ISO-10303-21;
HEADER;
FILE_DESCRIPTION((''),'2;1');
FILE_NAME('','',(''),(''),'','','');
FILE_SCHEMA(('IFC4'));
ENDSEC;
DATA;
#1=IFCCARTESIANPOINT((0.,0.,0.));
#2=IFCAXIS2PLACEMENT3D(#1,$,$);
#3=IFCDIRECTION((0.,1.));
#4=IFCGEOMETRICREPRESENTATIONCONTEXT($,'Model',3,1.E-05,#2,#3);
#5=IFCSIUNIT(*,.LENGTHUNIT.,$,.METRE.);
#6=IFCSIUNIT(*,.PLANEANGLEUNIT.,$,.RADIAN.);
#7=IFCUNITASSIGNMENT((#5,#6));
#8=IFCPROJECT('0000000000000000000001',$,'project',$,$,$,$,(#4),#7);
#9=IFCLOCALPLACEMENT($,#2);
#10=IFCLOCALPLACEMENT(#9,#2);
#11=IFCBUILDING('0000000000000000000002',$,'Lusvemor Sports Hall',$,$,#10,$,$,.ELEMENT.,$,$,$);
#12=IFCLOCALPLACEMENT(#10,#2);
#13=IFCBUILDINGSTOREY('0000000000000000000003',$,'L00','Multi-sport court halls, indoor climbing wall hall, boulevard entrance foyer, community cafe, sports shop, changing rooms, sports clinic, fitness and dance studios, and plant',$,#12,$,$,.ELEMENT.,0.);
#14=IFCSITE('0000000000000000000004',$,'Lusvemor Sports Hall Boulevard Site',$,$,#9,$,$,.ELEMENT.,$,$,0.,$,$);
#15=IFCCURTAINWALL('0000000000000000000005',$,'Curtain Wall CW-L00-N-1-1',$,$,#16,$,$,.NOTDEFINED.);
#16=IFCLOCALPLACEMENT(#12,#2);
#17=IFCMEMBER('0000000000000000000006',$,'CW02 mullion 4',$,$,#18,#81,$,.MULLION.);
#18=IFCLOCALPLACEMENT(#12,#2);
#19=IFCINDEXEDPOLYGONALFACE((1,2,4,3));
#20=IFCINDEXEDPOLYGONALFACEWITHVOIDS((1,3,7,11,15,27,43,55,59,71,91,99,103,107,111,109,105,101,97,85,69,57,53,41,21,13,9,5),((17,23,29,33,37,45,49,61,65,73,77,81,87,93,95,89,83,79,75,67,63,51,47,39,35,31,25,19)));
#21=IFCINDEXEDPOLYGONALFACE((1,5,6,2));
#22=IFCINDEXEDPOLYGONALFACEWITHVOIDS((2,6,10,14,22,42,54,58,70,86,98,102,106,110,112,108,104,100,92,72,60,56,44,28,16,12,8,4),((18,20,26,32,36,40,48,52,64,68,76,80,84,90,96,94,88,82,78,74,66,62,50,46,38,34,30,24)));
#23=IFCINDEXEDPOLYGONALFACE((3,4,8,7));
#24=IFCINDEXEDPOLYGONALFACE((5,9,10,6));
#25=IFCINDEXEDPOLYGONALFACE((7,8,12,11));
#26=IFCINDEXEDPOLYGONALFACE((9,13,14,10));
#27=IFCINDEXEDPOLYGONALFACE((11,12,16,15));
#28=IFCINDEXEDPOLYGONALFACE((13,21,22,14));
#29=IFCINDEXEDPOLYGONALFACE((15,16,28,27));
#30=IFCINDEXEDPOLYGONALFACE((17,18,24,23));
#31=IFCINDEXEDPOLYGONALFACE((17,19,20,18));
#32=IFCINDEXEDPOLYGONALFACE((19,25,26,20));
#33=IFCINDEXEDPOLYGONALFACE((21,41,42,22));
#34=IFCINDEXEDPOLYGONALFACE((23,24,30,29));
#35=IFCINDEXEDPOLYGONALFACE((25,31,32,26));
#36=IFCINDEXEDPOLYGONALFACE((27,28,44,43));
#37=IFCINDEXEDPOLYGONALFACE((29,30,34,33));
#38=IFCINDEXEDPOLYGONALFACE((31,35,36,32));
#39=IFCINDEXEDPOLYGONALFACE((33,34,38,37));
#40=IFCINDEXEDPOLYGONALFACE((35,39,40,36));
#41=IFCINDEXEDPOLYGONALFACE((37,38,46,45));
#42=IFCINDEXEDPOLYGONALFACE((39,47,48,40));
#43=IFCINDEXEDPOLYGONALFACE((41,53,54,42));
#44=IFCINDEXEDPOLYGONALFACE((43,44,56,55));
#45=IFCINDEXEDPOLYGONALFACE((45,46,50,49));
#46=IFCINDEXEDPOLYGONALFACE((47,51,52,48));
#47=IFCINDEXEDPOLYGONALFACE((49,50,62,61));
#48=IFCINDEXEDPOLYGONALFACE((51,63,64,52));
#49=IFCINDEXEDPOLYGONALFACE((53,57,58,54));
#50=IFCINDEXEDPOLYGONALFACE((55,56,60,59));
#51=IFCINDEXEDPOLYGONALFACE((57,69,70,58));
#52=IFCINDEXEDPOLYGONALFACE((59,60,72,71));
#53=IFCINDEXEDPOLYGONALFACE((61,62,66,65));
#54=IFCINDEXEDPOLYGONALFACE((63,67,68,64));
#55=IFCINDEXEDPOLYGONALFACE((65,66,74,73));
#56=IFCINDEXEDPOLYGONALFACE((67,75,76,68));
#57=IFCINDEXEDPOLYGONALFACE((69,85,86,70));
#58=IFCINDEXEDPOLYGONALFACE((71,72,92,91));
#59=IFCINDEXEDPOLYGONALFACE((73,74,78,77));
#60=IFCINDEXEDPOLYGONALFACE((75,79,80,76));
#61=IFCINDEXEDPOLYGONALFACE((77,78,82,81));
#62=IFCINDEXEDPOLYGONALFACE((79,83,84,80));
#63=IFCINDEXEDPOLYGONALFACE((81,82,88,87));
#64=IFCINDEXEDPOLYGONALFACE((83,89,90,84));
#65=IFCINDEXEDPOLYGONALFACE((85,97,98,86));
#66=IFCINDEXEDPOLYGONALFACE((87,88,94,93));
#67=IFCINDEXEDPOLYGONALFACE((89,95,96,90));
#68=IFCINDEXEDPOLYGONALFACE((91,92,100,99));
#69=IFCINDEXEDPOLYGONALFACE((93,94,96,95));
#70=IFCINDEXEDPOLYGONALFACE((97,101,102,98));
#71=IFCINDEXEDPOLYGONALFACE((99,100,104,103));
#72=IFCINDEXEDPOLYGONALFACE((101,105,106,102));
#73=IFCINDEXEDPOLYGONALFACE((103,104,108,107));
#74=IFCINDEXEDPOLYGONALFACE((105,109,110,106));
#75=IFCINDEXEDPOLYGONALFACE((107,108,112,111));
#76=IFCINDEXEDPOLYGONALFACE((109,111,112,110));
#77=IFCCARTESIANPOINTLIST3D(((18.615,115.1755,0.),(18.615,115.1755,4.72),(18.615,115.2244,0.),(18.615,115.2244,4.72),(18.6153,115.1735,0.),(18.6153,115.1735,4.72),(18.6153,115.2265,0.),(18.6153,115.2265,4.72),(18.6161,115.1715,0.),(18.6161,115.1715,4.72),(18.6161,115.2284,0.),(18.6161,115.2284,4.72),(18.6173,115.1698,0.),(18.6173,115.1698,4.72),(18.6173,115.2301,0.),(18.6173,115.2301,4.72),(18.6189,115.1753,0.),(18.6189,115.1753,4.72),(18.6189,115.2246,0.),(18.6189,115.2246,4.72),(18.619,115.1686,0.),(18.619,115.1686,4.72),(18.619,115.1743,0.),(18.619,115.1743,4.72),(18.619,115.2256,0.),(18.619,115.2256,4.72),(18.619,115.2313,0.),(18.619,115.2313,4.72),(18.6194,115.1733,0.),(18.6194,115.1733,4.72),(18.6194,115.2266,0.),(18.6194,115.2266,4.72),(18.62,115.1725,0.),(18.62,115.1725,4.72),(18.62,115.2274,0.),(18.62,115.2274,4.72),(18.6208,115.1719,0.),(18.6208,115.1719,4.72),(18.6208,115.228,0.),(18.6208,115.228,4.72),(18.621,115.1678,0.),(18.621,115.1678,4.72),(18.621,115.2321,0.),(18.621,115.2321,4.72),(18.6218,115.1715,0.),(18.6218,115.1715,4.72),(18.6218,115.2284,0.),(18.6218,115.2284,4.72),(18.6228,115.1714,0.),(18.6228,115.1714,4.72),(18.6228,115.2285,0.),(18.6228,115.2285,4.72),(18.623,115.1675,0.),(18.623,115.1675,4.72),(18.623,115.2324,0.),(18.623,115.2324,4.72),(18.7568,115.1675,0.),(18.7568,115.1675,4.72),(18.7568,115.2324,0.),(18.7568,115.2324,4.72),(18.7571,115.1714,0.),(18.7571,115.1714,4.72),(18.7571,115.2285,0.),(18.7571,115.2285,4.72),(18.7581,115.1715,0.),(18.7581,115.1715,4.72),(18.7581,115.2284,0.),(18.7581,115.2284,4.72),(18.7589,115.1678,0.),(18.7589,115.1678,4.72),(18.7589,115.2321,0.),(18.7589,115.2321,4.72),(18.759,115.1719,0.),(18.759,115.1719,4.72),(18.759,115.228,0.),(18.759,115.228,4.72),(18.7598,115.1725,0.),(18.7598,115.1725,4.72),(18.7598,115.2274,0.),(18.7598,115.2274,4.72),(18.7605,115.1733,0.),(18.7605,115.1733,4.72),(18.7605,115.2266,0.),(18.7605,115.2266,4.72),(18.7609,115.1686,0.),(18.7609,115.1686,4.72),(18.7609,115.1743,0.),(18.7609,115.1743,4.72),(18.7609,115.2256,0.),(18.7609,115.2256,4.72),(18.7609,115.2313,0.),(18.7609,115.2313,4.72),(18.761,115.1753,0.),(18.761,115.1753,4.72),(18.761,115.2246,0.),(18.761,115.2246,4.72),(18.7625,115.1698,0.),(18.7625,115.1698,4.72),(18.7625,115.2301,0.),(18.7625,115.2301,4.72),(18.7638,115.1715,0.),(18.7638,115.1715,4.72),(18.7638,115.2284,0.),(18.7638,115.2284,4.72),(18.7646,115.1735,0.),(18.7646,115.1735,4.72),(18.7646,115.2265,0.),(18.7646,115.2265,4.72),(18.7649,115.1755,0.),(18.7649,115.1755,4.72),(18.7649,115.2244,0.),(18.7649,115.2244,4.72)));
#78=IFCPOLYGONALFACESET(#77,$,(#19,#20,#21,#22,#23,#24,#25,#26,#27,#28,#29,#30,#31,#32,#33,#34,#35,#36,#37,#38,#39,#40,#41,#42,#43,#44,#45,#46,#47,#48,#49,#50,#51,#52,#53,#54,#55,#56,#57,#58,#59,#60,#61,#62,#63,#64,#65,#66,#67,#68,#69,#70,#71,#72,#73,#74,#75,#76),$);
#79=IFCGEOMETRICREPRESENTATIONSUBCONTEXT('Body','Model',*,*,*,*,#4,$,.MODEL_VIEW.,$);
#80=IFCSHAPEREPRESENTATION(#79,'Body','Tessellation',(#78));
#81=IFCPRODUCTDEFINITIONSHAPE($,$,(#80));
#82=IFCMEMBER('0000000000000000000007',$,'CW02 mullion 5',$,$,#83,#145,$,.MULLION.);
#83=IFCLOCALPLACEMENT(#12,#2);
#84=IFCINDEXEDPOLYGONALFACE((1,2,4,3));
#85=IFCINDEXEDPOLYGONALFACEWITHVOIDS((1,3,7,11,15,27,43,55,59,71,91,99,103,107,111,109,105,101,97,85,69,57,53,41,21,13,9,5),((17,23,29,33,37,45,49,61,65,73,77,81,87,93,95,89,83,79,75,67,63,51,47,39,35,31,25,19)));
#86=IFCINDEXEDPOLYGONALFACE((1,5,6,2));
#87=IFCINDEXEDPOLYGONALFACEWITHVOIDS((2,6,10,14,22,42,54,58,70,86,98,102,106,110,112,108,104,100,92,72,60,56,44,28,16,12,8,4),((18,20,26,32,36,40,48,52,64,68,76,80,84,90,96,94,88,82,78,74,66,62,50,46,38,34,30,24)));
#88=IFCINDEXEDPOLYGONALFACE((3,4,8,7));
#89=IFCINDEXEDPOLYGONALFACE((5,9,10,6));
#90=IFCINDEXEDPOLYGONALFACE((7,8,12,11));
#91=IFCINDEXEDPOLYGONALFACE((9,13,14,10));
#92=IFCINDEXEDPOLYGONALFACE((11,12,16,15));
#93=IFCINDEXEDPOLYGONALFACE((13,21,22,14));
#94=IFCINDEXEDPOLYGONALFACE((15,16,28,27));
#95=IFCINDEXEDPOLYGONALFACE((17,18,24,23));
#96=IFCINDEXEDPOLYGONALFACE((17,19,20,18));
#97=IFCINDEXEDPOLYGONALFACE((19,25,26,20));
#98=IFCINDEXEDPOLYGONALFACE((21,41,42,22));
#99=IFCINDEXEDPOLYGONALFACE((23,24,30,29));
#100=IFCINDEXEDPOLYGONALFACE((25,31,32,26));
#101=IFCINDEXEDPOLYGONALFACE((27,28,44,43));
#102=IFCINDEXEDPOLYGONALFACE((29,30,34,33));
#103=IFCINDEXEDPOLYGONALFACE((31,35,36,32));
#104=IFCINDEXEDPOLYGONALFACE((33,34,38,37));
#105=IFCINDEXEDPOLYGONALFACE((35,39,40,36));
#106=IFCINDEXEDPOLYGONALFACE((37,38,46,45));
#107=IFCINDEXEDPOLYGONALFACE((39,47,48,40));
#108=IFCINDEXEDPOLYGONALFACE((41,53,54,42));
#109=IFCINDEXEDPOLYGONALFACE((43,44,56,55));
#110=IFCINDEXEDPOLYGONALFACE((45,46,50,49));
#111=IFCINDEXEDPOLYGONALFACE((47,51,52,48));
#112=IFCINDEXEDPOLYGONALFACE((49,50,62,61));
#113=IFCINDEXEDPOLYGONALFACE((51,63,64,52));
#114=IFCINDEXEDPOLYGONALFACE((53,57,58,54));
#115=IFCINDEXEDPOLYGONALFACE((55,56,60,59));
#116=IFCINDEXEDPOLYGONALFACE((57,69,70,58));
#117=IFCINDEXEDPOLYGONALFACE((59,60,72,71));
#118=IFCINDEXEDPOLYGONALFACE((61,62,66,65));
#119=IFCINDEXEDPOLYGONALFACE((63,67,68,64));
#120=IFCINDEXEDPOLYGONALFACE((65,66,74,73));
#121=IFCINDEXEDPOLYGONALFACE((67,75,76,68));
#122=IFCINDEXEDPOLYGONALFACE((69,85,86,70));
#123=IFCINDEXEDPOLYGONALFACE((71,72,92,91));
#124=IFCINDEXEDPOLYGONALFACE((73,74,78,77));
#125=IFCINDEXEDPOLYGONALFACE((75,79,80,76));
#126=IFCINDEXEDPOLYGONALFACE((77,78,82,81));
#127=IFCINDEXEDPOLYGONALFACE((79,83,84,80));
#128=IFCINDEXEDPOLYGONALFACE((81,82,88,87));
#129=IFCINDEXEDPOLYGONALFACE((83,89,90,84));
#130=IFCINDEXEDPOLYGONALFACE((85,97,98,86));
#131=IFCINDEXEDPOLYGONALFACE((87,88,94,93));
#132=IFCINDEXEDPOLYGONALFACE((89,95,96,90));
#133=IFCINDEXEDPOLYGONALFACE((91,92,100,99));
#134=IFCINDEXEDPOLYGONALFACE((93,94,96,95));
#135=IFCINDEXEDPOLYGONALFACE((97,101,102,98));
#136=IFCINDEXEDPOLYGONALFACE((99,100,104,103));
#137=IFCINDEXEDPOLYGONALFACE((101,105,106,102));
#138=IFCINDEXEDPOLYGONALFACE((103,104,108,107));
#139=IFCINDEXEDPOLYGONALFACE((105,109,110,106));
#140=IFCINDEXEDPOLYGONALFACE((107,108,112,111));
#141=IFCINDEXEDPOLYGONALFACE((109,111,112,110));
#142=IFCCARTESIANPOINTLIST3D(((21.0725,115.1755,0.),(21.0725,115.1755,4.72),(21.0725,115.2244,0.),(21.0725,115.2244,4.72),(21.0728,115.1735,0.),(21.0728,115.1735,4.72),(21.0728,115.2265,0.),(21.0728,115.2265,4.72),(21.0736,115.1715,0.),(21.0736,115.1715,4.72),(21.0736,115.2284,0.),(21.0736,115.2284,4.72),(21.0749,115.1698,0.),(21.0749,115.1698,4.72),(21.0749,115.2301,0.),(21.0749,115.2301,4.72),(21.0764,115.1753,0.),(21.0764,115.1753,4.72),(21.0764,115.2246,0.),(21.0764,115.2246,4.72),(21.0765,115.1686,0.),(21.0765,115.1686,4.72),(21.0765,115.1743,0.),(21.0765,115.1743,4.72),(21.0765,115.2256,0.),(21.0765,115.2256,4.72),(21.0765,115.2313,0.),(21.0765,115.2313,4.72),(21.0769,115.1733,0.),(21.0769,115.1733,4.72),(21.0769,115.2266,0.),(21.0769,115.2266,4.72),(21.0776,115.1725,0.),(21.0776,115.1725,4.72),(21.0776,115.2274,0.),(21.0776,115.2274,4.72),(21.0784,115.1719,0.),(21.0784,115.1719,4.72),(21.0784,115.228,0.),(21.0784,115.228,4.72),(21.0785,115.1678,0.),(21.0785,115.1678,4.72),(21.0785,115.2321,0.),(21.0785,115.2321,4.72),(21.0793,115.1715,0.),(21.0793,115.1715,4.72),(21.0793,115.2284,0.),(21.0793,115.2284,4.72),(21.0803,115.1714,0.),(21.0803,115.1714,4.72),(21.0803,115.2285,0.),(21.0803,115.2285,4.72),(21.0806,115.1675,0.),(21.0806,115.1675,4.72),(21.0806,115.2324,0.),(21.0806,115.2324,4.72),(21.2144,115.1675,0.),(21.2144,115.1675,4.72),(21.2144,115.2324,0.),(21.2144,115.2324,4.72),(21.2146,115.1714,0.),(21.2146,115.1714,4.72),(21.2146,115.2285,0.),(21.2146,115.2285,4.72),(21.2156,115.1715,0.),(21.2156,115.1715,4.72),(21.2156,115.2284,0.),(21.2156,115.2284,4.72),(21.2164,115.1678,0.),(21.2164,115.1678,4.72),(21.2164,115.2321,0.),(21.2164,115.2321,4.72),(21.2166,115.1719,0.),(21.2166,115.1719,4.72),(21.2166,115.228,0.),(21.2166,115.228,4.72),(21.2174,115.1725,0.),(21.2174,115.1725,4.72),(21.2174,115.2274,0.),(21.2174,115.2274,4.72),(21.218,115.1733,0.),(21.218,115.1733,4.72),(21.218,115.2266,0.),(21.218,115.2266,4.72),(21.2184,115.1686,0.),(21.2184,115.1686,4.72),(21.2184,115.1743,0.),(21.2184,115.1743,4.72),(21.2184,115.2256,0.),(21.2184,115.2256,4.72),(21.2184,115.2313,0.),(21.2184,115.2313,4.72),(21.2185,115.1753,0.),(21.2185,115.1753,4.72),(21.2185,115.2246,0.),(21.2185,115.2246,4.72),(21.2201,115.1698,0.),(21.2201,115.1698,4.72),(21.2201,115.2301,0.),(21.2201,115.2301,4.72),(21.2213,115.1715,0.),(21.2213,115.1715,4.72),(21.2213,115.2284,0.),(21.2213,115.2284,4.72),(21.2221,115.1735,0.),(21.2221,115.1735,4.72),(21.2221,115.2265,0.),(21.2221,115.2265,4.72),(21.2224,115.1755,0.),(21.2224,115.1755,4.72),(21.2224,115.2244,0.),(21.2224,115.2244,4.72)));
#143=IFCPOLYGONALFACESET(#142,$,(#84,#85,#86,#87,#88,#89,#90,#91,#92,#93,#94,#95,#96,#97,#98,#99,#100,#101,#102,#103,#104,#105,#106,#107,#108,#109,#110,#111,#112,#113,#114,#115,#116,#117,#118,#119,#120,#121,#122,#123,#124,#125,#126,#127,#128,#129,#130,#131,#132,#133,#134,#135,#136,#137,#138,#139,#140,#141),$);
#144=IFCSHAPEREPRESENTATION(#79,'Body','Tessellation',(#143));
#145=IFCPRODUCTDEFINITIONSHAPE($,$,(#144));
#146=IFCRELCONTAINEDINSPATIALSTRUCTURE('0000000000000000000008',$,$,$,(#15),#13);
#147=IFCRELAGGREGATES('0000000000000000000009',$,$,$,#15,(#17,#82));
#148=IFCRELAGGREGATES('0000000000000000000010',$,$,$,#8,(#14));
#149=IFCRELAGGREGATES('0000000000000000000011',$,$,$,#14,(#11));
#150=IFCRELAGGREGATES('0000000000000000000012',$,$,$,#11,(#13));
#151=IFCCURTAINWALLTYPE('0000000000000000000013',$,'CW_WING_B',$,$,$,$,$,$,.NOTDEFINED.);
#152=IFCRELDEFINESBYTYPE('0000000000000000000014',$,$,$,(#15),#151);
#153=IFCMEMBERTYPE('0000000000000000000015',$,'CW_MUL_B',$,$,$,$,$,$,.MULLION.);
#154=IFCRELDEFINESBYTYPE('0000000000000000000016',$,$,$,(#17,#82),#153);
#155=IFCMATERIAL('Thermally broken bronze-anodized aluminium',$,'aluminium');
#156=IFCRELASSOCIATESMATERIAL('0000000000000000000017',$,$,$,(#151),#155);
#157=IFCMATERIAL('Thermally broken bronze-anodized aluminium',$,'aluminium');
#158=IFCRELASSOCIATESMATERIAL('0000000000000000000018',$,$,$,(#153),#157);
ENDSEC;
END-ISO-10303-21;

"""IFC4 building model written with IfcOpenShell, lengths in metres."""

from ifc_helpers import new_model, si_unit, direction, frame, origin, origin_2d, place, context, subcontext, project, spatial, hollow_rectangle, extrude, material, material_profile, profile_set, type_object, element, aggregate, save


model = new_model("IFC4")

# Units and contexts
model_context = context("Model", 3, precision=1e-05, world=origin(), true_north=direction((0.0, 1.0)))
body_context = subcontext(model_context, "Body", "Model", "MODEL_VIEW")
ifc_project = project(units=[si_unit("LENGTHUNIT", "METRE"), si_unit("PLANEANGLEUNIT", "RADIAN")], contexts=[model_context])

# Site, building, storey
site_placement = place(None, origin())
site = spatial("IfcSite", under=ifc_project, at=site_placement, Name="Lusvemor Sports Hall Boulevard Site", CompositionType="ELEMENT", RefElevation=0.0)
building_placement = place(site_placement, origin())
building = spatial("IfcBuilding", under=site, at=building_placement, Name="Lusvemor Sports Hall", CompositionType="ELEMENT")
storey_placement = place(building_placement, origin())
storey = spatial("IfcBuildingStorey", under=building, at=storey_placement, Name="L00", Description="Multi-sport court halls, indoor climbing wall hall, boulevard entrance foyer, community cafe, sports shop, changing rooms, sports clinic, fitness and dance studios, and plant", CompositionType="ELEMENT", Elevation=0.0)

# Curtain wall, members
ifc_material_1 = material(Name="Thermally broken bronze-anodized aluminium", Category="aluminium")
curtain_wall_type = type_object("IfcCurtainWallType", Name="CW_WING_B", PredefinedType="NOTDEFINED", material=ifc_material_1)
curtain_wall_placement = place(storey_placement, origin())
curtain_wall = element("IfcCurtainWall", 1, at=curtain_wall_placement, inside=storey, type_object=curtain_wall_type, Name="Curtain Wall CW-L00-N-1-1", PredefinedType="NOTDEFINED")
ifc_material_2 = material(Name="Thermally broken bronze-anodized aluminium", Category="aluminium")
ifc_material_profile_1 = material_profile(ifc_material_2, hollow_rectangle(XDim=0.0649, YDim=0.1499, WallThickness=0.0039, InnerFilletRadius=0.0039, OuterFilletRadius=0.0081, at=origin_2d()), Name="CWMUL150x65x4")
ifc_profile_set_1 = profile_set([ifc_material_profile_1], Name="Thermally broken bronze-anodized aluminium")
member_type_1 = type_object("IfcMemberType", Name="CW_MUL_B", PredefinedType="MULLION", material=ifc_profile_set_1)
member_1_placement = place(storey_placement, frame((18.6899, 115.2, 0.0), z_axis=(0.0, 0.0, 1.0), x_axis=(0.0, 1.0, 0.0)))
member_1 = element("IfcMember", 2, at=member_1_placement, type_object=member_type_1, Name="CW02 mullion 4", PredefinedType="MULLION", context=body_context, shape_type="SweptSolid", body=[
    extrude(hollow_rectangle(XDim=0.0649, YDim=0.1499, WallThickness=0.0039, InnerFilletRadius=0.0039, OuterFilletRadius=0.0081, at=origin_2d()), origin(), (0.0, 0.0, 1.0), 4.72),
])
member_2_placement = place(storey_placement, frame((21.1475, 115.2, 0.0), z_axis=(0.0, 0.0, 1.0), x_axis=(0.0, 1.0, 0.0)))
member_2 = element("IfcMember", 3, at=member_2_placement, type_object=member_type_1, Name="CW02 mullion 5", PredefinedType="MULLION", context=body_context, shape_type="SweptSolid", body=[
    extrude(hollow_rectangle(XDim=0.0649, YDim=0.1499, WallThickness=0.0039, InnerFilletRadius=0.0039, OuterFilletRadius=0.0081, at=origin_2d()), origin(), (0.0, 0.0, 1.0), 4.72),
])
aggregate(curtain_wall, [member_1, member_2])

save(model, "model.ifc")
